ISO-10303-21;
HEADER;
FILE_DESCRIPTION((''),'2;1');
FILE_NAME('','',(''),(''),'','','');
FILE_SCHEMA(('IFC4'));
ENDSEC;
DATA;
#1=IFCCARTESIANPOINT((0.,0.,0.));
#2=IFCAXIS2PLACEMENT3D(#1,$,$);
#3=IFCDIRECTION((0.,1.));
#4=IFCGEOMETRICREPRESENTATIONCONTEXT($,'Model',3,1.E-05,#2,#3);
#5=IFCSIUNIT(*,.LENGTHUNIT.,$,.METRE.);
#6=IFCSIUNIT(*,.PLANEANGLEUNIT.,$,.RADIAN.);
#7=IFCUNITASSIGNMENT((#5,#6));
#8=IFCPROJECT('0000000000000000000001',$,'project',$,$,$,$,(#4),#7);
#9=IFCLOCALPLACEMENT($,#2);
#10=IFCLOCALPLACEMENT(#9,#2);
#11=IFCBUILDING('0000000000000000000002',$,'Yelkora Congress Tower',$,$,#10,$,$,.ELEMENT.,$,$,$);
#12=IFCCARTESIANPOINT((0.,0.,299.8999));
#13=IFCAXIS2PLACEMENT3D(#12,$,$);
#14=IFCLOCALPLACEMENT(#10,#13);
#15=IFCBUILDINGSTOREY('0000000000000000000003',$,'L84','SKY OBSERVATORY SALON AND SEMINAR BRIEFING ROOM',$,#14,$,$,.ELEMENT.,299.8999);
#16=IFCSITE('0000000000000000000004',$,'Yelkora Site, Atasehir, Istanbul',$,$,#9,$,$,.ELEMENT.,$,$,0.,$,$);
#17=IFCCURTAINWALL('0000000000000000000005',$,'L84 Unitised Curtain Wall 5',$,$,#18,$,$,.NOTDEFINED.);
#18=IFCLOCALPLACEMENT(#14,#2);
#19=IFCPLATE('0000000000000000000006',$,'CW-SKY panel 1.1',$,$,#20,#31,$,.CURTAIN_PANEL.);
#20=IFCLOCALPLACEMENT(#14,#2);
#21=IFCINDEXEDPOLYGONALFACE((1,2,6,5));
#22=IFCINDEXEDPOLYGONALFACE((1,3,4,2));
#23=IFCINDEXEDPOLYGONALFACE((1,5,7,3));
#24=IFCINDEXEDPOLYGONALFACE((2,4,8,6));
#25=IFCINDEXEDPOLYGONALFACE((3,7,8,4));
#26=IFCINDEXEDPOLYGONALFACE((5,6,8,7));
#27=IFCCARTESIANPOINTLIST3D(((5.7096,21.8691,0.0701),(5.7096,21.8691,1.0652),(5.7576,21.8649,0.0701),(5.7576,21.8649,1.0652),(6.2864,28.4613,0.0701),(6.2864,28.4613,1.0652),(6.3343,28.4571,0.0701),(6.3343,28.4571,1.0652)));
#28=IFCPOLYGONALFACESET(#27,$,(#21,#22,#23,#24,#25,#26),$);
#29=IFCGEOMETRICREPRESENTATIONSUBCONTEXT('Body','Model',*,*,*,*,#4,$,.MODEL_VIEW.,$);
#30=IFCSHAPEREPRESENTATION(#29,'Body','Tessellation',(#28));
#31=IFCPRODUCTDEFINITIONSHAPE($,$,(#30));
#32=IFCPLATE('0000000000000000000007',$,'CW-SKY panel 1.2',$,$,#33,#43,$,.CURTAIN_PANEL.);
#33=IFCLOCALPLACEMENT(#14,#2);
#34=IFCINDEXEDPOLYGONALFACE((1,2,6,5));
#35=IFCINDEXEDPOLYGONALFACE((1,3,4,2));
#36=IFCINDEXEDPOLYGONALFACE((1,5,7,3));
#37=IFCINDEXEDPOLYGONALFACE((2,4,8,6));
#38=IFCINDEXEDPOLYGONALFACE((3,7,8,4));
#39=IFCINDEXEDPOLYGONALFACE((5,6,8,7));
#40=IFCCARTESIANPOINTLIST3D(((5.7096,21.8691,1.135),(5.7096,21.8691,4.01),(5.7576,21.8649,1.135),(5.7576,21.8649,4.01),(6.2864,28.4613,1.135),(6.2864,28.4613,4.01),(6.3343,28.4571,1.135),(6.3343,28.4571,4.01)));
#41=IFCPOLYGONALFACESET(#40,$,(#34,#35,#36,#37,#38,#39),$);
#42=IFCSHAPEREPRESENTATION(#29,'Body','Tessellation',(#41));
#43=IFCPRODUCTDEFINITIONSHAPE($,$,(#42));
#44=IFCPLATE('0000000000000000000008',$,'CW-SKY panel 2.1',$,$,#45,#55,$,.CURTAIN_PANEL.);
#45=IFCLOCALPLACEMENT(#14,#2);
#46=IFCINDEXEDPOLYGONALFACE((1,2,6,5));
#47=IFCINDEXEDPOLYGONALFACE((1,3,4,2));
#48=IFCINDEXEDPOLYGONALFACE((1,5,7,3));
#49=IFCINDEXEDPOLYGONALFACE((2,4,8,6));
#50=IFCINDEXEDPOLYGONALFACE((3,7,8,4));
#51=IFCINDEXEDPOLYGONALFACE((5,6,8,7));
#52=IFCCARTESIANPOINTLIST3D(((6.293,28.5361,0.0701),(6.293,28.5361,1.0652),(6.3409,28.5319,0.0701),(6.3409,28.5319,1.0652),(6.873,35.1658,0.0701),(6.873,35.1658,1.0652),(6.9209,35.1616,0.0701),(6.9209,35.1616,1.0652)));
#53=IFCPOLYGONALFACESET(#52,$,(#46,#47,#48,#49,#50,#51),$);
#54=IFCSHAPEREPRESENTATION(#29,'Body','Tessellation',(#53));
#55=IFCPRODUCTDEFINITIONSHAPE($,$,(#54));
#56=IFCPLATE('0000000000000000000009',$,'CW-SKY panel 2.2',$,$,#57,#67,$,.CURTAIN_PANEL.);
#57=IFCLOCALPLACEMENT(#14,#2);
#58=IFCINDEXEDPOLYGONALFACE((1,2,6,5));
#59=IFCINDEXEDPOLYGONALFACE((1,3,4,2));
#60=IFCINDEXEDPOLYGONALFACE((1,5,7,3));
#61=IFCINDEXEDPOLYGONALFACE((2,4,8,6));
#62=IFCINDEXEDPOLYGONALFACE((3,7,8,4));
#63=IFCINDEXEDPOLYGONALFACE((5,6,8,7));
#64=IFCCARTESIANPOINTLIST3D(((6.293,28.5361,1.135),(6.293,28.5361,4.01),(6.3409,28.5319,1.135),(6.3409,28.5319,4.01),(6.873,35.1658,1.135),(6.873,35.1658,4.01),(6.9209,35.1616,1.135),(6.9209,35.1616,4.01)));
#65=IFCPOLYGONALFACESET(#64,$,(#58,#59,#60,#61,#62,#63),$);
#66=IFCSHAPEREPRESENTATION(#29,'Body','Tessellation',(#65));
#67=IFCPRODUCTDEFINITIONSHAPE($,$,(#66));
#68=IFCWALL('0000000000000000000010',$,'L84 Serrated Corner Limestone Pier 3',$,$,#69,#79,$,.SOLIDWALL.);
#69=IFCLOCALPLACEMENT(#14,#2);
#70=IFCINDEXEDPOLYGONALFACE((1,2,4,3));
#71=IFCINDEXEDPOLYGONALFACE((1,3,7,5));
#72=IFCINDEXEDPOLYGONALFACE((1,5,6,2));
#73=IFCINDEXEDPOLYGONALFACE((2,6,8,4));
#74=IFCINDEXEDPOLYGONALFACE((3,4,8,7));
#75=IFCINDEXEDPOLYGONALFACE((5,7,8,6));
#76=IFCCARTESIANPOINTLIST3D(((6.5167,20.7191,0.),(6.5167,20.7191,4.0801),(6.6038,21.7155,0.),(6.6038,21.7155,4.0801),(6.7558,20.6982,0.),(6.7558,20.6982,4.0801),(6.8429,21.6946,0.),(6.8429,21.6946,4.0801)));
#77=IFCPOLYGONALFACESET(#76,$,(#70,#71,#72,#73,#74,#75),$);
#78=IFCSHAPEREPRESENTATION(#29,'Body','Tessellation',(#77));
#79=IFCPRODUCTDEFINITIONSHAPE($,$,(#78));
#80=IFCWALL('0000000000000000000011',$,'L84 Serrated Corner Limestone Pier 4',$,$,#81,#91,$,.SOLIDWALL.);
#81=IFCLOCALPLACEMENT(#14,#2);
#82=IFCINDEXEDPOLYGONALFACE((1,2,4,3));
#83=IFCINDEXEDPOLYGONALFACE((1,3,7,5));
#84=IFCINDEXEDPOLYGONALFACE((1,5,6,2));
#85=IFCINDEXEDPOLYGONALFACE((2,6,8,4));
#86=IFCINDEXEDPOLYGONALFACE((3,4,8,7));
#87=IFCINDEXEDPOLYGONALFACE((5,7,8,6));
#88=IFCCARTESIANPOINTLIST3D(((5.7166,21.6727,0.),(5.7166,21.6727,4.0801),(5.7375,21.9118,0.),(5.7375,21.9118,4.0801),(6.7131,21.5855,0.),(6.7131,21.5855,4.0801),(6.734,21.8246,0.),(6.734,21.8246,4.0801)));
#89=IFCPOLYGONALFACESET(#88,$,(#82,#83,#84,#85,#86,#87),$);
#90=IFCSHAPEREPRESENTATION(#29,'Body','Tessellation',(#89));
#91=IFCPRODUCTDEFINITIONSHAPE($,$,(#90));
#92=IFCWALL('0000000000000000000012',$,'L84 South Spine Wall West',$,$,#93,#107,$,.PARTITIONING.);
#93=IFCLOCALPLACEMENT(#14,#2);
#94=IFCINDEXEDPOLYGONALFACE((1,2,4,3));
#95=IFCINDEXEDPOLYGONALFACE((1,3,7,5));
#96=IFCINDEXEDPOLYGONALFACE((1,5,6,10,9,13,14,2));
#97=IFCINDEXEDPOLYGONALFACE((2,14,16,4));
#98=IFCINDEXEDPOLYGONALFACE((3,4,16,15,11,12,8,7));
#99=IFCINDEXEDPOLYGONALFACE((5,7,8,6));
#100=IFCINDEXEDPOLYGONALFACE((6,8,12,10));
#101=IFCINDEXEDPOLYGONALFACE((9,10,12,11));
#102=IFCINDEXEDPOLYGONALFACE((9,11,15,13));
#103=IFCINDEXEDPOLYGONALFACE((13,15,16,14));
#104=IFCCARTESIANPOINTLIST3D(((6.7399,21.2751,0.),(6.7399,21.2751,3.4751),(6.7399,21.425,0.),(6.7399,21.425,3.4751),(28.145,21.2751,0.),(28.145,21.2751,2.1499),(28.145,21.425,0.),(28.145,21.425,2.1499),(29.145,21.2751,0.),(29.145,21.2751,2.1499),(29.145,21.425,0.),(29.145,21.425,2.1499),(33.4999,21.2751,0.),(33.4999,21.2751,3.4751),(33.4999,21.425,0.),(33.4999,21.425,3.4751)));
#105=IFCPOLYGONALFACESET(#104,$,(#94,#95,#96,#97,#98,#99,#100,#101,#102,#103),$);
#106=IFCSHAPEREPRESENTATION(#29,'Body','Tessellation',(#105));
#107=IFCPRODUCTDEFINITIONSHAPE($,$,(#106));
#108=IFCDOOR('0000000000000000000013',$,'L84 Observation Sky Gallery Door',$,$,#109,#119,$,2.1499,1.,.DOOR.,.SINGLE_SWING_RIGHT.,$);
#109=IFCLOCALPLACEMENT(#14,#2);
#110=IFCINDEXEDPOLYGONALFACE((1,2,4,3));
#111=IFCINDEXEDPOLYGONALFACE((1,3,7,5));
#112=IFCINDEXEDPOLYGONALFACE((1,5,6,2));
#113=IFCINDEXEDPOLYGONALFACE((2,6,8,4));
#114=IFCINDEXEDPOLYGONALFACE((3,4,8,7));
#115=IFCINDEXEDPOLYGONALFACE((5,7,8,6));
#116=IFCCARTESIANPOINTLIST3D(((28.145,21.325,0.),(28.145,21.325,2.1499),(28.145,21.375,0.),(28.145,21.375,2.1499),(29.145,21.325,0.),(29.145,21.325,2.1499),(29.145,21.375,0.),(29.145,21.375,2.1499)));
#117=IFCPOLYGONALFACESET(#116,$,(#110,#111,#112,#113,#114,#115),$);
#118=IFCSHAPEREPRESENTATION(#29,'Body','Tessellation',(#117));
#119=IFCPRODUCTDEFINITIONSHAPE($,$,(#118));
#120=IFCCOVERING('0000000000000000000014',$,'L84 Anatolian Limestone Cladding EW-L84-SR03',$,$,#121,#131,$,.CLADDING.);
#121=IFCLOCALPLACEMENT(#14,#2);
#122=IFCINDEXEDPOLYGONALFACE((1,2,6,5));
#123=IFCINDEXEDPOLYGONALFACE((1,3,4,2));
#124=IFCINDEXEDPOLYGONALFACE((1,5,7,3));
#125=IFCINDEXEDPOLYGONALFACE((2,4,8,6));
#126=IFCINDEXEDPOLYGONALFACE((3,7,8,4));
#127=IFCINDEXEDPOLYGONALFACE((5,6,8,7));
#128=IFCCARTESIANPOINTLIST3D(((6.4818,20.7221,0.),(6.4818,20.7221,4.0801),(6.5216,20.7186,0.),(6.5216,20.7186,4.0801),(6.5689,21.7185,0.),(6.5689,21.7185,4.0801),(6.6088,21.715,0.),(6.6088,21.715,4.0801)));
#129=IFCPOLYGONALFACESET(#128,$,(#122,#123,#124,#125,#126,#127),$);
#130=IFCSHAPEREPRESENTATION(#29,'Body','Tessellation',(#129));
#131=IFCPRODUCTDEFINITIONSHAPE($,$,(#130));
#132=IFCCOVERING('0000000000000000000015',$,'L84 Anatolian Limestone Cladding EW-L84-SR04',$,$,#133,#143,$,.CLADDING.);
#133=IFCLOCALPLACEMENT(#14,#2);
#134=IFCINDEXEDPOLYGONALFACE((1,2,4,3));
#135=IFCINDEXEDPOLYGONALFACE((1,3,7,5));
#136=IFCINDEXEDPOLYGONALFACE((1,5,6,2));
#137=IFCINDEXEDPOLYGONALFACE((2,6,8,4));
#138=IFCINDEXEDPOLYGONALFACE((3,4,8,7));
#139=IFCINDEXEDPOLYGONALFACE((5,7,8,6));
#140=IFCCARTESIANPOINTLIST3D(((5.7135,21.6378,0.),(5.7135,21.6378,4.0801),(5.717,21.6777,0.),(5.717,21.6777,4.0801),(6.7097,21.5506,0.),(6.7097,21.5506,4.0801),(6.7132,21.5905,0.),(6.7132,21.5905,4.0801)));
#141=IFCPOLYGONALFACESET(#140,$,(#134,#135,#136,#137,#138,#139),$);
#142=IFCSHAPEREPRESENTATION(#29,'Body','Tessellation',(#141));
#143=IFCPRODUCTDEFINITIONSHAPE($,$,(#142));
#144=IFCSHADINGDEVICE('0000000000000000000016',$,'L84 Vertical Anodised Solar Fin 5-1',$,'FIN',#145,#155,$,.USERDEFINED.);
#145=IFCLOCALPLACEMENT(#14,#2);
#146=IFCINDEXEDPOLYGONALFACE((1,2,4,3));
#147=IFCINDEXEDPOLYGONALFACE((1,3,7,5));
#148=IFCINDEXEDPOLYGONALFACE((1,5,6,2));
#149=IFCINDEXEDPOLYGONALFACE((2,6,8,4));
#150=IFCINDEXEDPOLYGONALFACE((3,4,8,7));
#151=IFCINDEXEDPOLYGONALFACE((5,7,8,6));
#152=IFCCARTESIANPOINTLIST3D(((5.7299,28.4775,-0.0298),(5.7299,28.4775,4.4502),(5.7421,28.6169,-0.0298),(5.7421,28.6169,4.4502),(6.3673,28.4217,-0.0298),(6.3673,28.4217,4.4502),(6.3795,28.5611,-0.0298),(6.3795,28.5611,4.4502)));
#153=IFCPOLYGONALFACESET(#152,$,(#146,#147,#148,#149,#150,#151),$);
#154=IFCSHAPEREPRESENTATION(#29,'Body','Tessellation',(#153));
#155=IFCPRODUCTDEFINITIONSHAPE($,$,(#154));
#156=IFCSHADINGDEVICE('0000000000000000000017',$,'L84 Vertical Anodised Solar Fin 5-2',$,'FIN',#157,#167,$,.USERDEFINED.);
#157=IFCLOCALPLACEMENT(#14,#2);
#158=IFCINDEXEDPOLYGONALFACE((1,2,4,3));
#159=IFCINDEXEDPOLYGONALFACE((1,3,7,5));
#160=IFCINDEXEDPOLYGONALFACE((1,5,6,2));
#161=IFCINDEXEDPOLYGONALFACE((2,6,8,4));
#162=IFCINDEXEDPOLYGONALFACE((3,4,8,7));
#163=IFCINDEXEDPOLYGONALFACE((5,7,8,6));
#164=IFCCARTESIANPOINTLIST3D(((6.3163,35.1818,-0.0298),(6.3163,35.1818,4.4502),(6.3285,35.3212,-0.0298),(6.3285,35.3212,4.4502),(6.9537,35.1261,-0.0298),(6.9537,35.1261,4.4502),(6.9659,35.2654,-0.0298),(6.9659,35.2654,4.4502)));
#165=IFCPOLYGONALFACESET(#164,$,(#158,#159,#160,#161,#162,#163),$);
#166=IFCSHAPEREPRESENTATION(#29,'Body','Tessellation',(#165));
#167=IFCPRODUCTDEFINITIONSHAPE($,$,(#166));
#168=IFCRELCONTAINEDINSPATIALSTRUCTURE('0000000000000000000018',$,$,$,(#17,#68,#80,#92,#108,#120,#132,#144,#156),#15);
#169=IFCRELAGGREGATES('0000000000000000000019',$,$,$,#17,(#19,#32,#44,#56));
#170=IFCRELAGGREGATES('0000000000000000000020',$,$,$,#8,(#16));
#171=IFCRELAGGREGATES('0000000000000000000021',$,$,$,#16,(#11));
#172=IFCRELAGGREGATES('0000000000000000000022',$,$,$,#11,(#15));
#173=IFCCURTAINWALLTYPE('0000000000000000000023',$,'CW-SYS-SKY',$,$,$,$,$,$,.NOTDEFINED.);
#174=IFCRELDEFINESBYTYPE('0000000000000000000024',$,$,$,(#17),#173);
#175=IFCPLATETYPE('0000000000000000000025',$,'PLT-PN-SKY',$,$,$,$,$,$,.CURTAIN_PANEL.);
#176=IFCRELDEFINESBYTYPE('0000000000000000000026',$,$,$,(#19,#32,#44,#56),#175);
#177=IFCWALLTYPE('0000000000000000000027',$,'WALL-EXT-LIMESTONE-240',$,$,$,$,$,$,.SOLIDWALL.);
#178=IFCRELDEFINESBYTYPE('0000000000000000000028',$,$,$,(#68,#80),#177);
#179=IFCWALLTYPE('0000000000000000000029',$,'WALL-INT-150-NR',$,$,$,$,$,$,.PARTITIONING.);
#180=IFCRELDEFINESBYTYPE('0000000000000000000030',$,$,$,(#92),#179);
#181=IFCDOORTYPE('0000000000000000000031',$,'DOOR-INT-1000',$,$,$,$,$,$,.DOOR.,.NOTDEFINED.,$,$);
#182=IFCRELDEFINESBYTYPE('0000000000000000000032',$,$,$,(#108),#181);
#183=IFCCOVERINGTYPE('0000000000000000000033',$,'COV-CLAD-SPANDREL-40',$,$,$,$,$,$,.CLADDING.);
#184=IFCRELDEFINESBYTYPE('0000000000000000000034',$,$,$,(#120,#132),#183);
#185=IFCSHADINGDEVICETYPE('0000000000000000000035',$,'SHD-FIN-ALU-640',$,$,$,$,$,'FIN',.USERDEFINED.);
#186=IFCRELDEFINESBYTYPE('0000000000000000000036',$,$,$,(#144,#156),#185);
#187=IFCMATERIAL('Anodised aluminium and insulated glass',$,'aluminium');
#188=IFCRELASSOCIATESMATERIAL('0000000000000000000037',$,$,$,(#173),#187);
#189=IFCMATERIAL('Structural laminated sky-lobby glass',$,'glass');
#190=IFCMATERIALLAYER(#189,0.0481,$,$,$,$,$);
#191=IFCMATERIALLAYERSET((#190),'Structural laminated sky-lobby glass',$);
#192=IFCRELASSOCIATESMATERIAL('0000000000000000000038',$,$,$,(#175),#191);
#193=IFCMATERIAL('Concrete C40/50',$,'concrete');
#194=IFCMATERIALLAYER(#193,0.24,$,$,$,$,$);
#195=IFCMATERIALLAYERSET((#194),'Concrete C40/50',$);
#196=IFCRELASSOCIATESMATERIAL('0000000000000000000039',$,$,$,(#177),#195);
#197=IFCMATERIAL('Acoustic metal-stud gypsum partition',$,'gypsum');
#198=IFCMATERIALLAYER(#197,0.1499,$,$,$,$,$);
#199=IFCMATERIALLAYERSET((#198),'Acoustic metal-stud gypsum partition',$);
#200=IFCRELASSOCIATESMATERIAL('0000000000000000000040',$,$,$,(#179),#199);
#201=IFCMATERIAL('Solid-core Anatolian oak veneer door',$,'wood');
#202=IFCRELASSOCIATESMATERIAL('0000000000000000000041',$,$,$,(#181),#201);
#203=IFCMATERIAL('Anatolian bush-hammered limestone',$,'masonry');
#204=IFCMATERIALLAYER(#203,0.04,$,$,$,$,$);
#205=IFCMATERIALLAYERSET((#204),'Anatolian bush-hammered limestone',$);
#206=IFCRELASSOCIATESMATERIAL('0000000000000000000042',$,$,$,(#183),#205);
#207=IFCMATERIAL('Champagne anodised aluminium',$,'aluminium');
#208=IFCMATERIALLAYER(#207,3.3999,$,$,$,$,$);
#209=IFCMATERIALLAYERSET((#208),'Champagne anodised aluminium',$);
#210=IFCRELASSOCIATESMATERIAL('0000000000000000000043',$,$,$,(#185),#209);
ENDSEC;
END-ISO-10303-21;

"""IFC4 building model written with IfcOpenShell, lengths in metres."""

from ifc_helpers import new_model, si_unit, direction, frame, frame_2d, origin, origin_2d, place, context, subcontext, project, spatial, rectangle, extrude, material, layer, layer_set, type_object, element, fill, aggregate, save


model = new_model("IFC4")

# Units and contexts
model_context = context("Model", 3, precision=1e-05, world=origin(), true_north=direction((0.0, 1.0)))
body_context = subcontext(model_context, "Body", "Model", "MODEL_VIEW")
ifc_project = project(units=[si_unit("LENGTHUNIT", "METRE"), si_unit("PLANEANGLEUNIT", "RADIAN")], contexts=[model_context])

# Site, building, storey
site_placement = place(None, origin())
site = spatial("IfcSite", under=ifc_project, at=site_placement, Name="Yelkora Site, Atasehir, Istanbul", CompositionType="ELEMENT", RefElevation=0.0)
building_placement = place(site_placement, origin())
building = spatial("IfcBuilding", under=site, at=building_placement, Name="Yelkora Congress Tower", CompositionType="ELEMENT")
storey_placement = place(building_placement, frame((0.0, 0.0, 299.8999)))
storey = spatial("IfcBuildingStorey", under=building, at=storey_placement, Name="L84", Description="SKY OBSERVATORY SALON AND SEMINAR BRIEFING ROOM", CompositionType="ELEMENT", Elevation=299.8999)

# Curtain wall, plates
ifc_material_1 = material(Name="Anodised aluminium and insulated glass", Category="aluminium")
curtain_wall_type = type_object("IfcCurtainWallType", Name="CW-SYS-SKY", PredefinedType="NOTDEFINED", material=ifc_material_1)
curtain_wall_placement = place(storey_placement, origin())
curtain_wall = element("IfcCurtainWall", 1, at=curtain_wall_placement, inside=storey, type_object=curtain_wall_type, Name="L84 Unitised Curtain Wall 5", PredefinedType="NOTDEFINED")
ifc_material_2 = material(Name="Structural laminated sky-lobby glass", Category="glass")
ifc_layer_1 = layer(ifc_material_2, 0.0481)
ifc_layer_set_1 = layer_set([ifc_layer_1], Name="Structural laminated sky-lobby glass")
plate_type = type_object("IfcPlateType", Name="PLT-PN-SKY", PredefinedType="CURTAIN_PANEL", material=ifc_layer_set_1)
plate_1_placement = place(storey_placement, frame((6.022, 25.1631, 0.0701), z_axis=(0.0, 0.0, 1.0), x_axis=(0.087155, 0.996195, 0.0)))
plate_1 = element("IfcPlate", 2, at=plate_1_placement, type_object=plate_type, Name="CW-SKY panel 1.1", PredefinedType="CURTAIN_PANEL", context=body_context, shape_type="SweptSolid", body=[
    extrude(rectangle(XDim=6.6174, YDim=0.0481, at=origin_2d()), origin(), (0.0, 0.0, 1.0), 0.9951),
])
plate_2_placement = place(storey_placement, frame((6.022, 25.1631, 1.135), z_axis=(0.0, 0.0, 1.0), x_axis=(0.087155, 0.996195, 0.0)))
plate_2 = element("IfcPlate", 3, at=plate_2_placement, type_object=plate_type, Name="CW-SKY panel 1.2", PredefinedType="CURTAIN_PANEL", context=body_context, shape_type="SweptSolid", body=[
    extrude(rectangle(XDim=6.6174, YDim=0.0481, at=origin_2d()), origin(), (0.0, 0.0, 1.0), 2.875),
])
plate_3_placement = place(storey_placement, frame((6.6069, 31.8489, 0.0701), z_axis=(0.0, 0.0, 1.0), x_axis=(0.087155, 0.996195, 0.0)))
plate_3 = element("IfcPlate", 4, at=plate_3_placement, type_object=plate_type, Name="CW-SKY panel 2.1", PredefinedType="CURTAIN_PANEL", context=body_context, shape_type="SweptSolid", body=[
    extrude(rectangle(XDim=6.655, YDim=0.0481, at=origin_2d()), origin(), (0.0, 0.0, 1.0), 0.9951),
])
plate_4_placement = place(storey_placement, frame((6.6069, 31.8489, 1.135), z_axis=(0.0, 0.0, 1.0), x_axis=(0.087155, 0.996195, 0.0)))
plate_4 = element("IfcPlate", 5, at=plate_4_placement, type_object=plate_type, Name="CW-SKY panel 2.2", PredefinedType="CURTAIN_PANEL", context=body_context, shape_type="SweptSolid", body=[
    extrude(rectangle(XDim=6.655, YDim=0.0481, at=origin_2d()), origin(), (0.0, 0.0, 1.0), 2.875),
])
aggregate(curtain_wall, [plate_1, plate_2, plate_3, plate_4])

# Walls
ifc_material_3 = material(Name="Concrete C40/50", Category="concrete")
ifc_layer_2 = layer(ifc_material_3, 0.24)
ifc_layer_set_2 = layer_set([ifc_layer_2], Name="Concrete C40/50")
wall_type_1 = type_object("IfcWallType", Name="WALL-EXT-LIMESTONE-240", PredefinedType="SOLIDWALL", material=ifc_layer_set_2)
for number, where, z_axis, x_axis, name in (
    (6, (6.6362, 20.7087, 0.0), (0.0, 0.0, 1.0), (0.087146, 0.996196, 0.0), "L84 Serrated Corner Limestone Pier 3"),
    (7, (6.7234, 21.7051, 0.0), (0.0, 0.0, 1.0), (-0.996196, 0.087146, 0.0), "L84 Serrated Corner Limestone Pier 4"),
):
    element("IfcWall", number, at=place(storey_placement, frame(where, z_axis=z_axis, x_axis=x_axis)), inside=storey, type_object=wall_type_1, Name=name, PredefinedType="SOLIDWALL", context=body_context, shape_type="SweptSolid", body=[
        extrude(rectangle(XDim=1.0002, YDim=0.24, at=frame_2d((0.5, 0.0))), origin(), (0.0, 0.0, 1.0), 4.0801),
    ])

# Wall, opening, door
ifc_material_4 = material(Name="Acoustic metal-stud gypsum partition", Category="gypsum")
ifc_layer_3 = layer(ifc_material_4, 0.1499)
ifc_layer_set_3 = layer_set([ifc_layer_3], Name="Acoustic metal-stud gypsum partition")
wall_type_2 = type_object("IfcWallType", Name="WALL-INT-150-NR", PredefinedType="PARTITIONING", material=ifc_layer_set_3)
wall_placement = place(storey_placement, frame((6.74, 21.3501, 0.0), z_axis=(0.0, 0.0, 1.0), x_axis=(1.0, 0.0, 0.0)))
wall = element("IfcWall", 8, at=wall_placement, inside=storey, type_object=wall_type_2, Name="L84 South Spine Wall West", PredefinedType="PARTITIONING", context=body_context, shape_type="SweptSolid", body=[
    extrude(rectangle(XDim=26.76, YDim=0.1499, at=frame_2d((13.3799, 0.0))), origin(), (0.0, 0.0, 1.0), 3.4751),
])
opening_placement = place(wall_placement, frame((21.405, 0.0, 0.0)))
opening = element("IfcOpeningElement", 9, at=opening_placement, cuts=wall, PredefinedType="OPENING", context=body_context, shape_type="SweptSolid", body=[
    extrude(rectangle(XDim=1.0, YDim=2.1499, at=frame_2d((0.5, 1.075))), frame((0.0, 0.085, 0.0), z_axis=(0.0, -1.0, 0.0), x_axis=(1.0, 0.0, 0.0)), (0.0, 0.0, 1.0), 0.1699),
])
ifc_material_5 = material(Name="Solid-core Anatolian oak veneer door", Category="wood")
door_type = type_object("IfcDoorType", Name="DOOR-INT-1000", OperationType="NOTDEFINED", PredefinedType="DOOR", material=ifc_material_5)
door_placement = place(opening_placement, origin())
door = element("IfcDoor", 10, at=door_placement, inside=storey, type_object=door_type, Name="L84 Observation Sky Gallery Door", OperationType="SINGLE_SWING_RIGHT", OverallHeight=2.1499, OverallWidth=1.0, PredefinedType="DOOR", context=body_context, shape_type="SweptSolid", body=[
    extrude(rectangle(XDim=1.0, YDim=2.1499, at=frame_2d((0.5, 1.075))), frame((0.0, 0.0249, 0.0), z_axis=(0.0, -1.0, 0.0), x_axis=(1.0, 0.0, 0.0)), (0.0, 0.0, 1.0), 0.05),
])
fill(opening, door)

# Coverings
ifc_material_6 = material(Name="Anatolian bush-hammered limestone", Category="masonry")
ifc_layer_4 = layer(ifc_material_6, 0.04)
ifc_layer_set_4 = layer_set([ifc_layer_4], Name="Anatolian bush-hammered limestone")
covering_type = type_object("IfcCoveringType", Name="COV-CLAD-SPANDREL-40", PredefinedType="CLADDING", material=ifc_layer_set_4)
covering_1_placement = place(storey_placement, frame((6.5017, 20.7205, 0.0), z_axis=(0.0, 0.0, 1.0), x_axis=(0.087146, 0.996196, 0.0)))
element("IfcCovering", 11, at=covering_1_placement, inside=storey, type_object=covering_type, Name="L84 Anatolian Limestone Cladding EW-L84-SR03", PredefinedType="CLADDING", context=body_context, shape_type="SweptSolid", body=[
    extrude(rectangle(XDim=1.0002, YDim=0.04, at=frame_2d((0.5, 0.0))), origin(), (0.0, 0.0, 1.0), 4.0801),
])
covering_2_placement = place(storey_placement, frame((6.7114, 21.5706, 0.0), z_axis=(0.0, 0.0, 1.0), x_axis=(-0.996194, 0.087167, 0.0)))
element("IfcCovering", 12, at=covering_2_placement, inside=storey, type_object=covering_type, Name="L84 Anatolian Limestone Cladding EW-L84-SR04", PredefinedType="CLADDING", context=body_context, shape_type="SweptSolid", body=[
    extrude(rectangle(XDim=1.0, YDim=0.04, at=frame_2d((0.5, 0.0))), origin(), (0.0, 0.0, 1.0), 4.0801),
])

# Shading devices
ifc_material_7 = material(Name="Champagne anodised aluminium", Category="aluminium")
ifc_layer_5 = layer(ifc_material_7, 3.3999)
ifc_layer_set_5 = layer_set([ifc_layer_5], Name="Champagne anodised aluminium")
shading_device_type = type_object("IfcShadingDeviceType", Name="SHD-FIN-ALU-640", ElementType="FIN", PredefinedType="USERDEFINED", material=ifc_layer_set_5)
for number, where, z_axis, x_axis, name in (
    (13, (6.0547, 28.5193, -0.0298), (0.0, 0.0, 1.0), (0.087156, 0.996195, 0.0), "L84 Vertical Anodised Solar Fin 5-1"),
    (14, (6.6411, 35.2236, -0.0298), (0.0, 0.0, 1.0), (0.087156, 0.996195, 0.0), "L84 Vertical Anodised Solar Fin 5-2"),
):
    element("IfcShadingDevice", number, at=place(storey_placement, frame(where, z_axis=z_axis, x_axis=x_axis)), inside=storey, type_object=shading_device_type, Name=name, ObjectType="FIN", PredefinedType="USERDEFINED", context=body_context, shape_type="SweptSolid", body=[
        extrude(rectangle(XDim=0.1399, YDim=0.6399, at=origin_2d()), origin(), (0.0, 0.0, 1.0), 4.48),
    ])

save(model, "model.ifc")
